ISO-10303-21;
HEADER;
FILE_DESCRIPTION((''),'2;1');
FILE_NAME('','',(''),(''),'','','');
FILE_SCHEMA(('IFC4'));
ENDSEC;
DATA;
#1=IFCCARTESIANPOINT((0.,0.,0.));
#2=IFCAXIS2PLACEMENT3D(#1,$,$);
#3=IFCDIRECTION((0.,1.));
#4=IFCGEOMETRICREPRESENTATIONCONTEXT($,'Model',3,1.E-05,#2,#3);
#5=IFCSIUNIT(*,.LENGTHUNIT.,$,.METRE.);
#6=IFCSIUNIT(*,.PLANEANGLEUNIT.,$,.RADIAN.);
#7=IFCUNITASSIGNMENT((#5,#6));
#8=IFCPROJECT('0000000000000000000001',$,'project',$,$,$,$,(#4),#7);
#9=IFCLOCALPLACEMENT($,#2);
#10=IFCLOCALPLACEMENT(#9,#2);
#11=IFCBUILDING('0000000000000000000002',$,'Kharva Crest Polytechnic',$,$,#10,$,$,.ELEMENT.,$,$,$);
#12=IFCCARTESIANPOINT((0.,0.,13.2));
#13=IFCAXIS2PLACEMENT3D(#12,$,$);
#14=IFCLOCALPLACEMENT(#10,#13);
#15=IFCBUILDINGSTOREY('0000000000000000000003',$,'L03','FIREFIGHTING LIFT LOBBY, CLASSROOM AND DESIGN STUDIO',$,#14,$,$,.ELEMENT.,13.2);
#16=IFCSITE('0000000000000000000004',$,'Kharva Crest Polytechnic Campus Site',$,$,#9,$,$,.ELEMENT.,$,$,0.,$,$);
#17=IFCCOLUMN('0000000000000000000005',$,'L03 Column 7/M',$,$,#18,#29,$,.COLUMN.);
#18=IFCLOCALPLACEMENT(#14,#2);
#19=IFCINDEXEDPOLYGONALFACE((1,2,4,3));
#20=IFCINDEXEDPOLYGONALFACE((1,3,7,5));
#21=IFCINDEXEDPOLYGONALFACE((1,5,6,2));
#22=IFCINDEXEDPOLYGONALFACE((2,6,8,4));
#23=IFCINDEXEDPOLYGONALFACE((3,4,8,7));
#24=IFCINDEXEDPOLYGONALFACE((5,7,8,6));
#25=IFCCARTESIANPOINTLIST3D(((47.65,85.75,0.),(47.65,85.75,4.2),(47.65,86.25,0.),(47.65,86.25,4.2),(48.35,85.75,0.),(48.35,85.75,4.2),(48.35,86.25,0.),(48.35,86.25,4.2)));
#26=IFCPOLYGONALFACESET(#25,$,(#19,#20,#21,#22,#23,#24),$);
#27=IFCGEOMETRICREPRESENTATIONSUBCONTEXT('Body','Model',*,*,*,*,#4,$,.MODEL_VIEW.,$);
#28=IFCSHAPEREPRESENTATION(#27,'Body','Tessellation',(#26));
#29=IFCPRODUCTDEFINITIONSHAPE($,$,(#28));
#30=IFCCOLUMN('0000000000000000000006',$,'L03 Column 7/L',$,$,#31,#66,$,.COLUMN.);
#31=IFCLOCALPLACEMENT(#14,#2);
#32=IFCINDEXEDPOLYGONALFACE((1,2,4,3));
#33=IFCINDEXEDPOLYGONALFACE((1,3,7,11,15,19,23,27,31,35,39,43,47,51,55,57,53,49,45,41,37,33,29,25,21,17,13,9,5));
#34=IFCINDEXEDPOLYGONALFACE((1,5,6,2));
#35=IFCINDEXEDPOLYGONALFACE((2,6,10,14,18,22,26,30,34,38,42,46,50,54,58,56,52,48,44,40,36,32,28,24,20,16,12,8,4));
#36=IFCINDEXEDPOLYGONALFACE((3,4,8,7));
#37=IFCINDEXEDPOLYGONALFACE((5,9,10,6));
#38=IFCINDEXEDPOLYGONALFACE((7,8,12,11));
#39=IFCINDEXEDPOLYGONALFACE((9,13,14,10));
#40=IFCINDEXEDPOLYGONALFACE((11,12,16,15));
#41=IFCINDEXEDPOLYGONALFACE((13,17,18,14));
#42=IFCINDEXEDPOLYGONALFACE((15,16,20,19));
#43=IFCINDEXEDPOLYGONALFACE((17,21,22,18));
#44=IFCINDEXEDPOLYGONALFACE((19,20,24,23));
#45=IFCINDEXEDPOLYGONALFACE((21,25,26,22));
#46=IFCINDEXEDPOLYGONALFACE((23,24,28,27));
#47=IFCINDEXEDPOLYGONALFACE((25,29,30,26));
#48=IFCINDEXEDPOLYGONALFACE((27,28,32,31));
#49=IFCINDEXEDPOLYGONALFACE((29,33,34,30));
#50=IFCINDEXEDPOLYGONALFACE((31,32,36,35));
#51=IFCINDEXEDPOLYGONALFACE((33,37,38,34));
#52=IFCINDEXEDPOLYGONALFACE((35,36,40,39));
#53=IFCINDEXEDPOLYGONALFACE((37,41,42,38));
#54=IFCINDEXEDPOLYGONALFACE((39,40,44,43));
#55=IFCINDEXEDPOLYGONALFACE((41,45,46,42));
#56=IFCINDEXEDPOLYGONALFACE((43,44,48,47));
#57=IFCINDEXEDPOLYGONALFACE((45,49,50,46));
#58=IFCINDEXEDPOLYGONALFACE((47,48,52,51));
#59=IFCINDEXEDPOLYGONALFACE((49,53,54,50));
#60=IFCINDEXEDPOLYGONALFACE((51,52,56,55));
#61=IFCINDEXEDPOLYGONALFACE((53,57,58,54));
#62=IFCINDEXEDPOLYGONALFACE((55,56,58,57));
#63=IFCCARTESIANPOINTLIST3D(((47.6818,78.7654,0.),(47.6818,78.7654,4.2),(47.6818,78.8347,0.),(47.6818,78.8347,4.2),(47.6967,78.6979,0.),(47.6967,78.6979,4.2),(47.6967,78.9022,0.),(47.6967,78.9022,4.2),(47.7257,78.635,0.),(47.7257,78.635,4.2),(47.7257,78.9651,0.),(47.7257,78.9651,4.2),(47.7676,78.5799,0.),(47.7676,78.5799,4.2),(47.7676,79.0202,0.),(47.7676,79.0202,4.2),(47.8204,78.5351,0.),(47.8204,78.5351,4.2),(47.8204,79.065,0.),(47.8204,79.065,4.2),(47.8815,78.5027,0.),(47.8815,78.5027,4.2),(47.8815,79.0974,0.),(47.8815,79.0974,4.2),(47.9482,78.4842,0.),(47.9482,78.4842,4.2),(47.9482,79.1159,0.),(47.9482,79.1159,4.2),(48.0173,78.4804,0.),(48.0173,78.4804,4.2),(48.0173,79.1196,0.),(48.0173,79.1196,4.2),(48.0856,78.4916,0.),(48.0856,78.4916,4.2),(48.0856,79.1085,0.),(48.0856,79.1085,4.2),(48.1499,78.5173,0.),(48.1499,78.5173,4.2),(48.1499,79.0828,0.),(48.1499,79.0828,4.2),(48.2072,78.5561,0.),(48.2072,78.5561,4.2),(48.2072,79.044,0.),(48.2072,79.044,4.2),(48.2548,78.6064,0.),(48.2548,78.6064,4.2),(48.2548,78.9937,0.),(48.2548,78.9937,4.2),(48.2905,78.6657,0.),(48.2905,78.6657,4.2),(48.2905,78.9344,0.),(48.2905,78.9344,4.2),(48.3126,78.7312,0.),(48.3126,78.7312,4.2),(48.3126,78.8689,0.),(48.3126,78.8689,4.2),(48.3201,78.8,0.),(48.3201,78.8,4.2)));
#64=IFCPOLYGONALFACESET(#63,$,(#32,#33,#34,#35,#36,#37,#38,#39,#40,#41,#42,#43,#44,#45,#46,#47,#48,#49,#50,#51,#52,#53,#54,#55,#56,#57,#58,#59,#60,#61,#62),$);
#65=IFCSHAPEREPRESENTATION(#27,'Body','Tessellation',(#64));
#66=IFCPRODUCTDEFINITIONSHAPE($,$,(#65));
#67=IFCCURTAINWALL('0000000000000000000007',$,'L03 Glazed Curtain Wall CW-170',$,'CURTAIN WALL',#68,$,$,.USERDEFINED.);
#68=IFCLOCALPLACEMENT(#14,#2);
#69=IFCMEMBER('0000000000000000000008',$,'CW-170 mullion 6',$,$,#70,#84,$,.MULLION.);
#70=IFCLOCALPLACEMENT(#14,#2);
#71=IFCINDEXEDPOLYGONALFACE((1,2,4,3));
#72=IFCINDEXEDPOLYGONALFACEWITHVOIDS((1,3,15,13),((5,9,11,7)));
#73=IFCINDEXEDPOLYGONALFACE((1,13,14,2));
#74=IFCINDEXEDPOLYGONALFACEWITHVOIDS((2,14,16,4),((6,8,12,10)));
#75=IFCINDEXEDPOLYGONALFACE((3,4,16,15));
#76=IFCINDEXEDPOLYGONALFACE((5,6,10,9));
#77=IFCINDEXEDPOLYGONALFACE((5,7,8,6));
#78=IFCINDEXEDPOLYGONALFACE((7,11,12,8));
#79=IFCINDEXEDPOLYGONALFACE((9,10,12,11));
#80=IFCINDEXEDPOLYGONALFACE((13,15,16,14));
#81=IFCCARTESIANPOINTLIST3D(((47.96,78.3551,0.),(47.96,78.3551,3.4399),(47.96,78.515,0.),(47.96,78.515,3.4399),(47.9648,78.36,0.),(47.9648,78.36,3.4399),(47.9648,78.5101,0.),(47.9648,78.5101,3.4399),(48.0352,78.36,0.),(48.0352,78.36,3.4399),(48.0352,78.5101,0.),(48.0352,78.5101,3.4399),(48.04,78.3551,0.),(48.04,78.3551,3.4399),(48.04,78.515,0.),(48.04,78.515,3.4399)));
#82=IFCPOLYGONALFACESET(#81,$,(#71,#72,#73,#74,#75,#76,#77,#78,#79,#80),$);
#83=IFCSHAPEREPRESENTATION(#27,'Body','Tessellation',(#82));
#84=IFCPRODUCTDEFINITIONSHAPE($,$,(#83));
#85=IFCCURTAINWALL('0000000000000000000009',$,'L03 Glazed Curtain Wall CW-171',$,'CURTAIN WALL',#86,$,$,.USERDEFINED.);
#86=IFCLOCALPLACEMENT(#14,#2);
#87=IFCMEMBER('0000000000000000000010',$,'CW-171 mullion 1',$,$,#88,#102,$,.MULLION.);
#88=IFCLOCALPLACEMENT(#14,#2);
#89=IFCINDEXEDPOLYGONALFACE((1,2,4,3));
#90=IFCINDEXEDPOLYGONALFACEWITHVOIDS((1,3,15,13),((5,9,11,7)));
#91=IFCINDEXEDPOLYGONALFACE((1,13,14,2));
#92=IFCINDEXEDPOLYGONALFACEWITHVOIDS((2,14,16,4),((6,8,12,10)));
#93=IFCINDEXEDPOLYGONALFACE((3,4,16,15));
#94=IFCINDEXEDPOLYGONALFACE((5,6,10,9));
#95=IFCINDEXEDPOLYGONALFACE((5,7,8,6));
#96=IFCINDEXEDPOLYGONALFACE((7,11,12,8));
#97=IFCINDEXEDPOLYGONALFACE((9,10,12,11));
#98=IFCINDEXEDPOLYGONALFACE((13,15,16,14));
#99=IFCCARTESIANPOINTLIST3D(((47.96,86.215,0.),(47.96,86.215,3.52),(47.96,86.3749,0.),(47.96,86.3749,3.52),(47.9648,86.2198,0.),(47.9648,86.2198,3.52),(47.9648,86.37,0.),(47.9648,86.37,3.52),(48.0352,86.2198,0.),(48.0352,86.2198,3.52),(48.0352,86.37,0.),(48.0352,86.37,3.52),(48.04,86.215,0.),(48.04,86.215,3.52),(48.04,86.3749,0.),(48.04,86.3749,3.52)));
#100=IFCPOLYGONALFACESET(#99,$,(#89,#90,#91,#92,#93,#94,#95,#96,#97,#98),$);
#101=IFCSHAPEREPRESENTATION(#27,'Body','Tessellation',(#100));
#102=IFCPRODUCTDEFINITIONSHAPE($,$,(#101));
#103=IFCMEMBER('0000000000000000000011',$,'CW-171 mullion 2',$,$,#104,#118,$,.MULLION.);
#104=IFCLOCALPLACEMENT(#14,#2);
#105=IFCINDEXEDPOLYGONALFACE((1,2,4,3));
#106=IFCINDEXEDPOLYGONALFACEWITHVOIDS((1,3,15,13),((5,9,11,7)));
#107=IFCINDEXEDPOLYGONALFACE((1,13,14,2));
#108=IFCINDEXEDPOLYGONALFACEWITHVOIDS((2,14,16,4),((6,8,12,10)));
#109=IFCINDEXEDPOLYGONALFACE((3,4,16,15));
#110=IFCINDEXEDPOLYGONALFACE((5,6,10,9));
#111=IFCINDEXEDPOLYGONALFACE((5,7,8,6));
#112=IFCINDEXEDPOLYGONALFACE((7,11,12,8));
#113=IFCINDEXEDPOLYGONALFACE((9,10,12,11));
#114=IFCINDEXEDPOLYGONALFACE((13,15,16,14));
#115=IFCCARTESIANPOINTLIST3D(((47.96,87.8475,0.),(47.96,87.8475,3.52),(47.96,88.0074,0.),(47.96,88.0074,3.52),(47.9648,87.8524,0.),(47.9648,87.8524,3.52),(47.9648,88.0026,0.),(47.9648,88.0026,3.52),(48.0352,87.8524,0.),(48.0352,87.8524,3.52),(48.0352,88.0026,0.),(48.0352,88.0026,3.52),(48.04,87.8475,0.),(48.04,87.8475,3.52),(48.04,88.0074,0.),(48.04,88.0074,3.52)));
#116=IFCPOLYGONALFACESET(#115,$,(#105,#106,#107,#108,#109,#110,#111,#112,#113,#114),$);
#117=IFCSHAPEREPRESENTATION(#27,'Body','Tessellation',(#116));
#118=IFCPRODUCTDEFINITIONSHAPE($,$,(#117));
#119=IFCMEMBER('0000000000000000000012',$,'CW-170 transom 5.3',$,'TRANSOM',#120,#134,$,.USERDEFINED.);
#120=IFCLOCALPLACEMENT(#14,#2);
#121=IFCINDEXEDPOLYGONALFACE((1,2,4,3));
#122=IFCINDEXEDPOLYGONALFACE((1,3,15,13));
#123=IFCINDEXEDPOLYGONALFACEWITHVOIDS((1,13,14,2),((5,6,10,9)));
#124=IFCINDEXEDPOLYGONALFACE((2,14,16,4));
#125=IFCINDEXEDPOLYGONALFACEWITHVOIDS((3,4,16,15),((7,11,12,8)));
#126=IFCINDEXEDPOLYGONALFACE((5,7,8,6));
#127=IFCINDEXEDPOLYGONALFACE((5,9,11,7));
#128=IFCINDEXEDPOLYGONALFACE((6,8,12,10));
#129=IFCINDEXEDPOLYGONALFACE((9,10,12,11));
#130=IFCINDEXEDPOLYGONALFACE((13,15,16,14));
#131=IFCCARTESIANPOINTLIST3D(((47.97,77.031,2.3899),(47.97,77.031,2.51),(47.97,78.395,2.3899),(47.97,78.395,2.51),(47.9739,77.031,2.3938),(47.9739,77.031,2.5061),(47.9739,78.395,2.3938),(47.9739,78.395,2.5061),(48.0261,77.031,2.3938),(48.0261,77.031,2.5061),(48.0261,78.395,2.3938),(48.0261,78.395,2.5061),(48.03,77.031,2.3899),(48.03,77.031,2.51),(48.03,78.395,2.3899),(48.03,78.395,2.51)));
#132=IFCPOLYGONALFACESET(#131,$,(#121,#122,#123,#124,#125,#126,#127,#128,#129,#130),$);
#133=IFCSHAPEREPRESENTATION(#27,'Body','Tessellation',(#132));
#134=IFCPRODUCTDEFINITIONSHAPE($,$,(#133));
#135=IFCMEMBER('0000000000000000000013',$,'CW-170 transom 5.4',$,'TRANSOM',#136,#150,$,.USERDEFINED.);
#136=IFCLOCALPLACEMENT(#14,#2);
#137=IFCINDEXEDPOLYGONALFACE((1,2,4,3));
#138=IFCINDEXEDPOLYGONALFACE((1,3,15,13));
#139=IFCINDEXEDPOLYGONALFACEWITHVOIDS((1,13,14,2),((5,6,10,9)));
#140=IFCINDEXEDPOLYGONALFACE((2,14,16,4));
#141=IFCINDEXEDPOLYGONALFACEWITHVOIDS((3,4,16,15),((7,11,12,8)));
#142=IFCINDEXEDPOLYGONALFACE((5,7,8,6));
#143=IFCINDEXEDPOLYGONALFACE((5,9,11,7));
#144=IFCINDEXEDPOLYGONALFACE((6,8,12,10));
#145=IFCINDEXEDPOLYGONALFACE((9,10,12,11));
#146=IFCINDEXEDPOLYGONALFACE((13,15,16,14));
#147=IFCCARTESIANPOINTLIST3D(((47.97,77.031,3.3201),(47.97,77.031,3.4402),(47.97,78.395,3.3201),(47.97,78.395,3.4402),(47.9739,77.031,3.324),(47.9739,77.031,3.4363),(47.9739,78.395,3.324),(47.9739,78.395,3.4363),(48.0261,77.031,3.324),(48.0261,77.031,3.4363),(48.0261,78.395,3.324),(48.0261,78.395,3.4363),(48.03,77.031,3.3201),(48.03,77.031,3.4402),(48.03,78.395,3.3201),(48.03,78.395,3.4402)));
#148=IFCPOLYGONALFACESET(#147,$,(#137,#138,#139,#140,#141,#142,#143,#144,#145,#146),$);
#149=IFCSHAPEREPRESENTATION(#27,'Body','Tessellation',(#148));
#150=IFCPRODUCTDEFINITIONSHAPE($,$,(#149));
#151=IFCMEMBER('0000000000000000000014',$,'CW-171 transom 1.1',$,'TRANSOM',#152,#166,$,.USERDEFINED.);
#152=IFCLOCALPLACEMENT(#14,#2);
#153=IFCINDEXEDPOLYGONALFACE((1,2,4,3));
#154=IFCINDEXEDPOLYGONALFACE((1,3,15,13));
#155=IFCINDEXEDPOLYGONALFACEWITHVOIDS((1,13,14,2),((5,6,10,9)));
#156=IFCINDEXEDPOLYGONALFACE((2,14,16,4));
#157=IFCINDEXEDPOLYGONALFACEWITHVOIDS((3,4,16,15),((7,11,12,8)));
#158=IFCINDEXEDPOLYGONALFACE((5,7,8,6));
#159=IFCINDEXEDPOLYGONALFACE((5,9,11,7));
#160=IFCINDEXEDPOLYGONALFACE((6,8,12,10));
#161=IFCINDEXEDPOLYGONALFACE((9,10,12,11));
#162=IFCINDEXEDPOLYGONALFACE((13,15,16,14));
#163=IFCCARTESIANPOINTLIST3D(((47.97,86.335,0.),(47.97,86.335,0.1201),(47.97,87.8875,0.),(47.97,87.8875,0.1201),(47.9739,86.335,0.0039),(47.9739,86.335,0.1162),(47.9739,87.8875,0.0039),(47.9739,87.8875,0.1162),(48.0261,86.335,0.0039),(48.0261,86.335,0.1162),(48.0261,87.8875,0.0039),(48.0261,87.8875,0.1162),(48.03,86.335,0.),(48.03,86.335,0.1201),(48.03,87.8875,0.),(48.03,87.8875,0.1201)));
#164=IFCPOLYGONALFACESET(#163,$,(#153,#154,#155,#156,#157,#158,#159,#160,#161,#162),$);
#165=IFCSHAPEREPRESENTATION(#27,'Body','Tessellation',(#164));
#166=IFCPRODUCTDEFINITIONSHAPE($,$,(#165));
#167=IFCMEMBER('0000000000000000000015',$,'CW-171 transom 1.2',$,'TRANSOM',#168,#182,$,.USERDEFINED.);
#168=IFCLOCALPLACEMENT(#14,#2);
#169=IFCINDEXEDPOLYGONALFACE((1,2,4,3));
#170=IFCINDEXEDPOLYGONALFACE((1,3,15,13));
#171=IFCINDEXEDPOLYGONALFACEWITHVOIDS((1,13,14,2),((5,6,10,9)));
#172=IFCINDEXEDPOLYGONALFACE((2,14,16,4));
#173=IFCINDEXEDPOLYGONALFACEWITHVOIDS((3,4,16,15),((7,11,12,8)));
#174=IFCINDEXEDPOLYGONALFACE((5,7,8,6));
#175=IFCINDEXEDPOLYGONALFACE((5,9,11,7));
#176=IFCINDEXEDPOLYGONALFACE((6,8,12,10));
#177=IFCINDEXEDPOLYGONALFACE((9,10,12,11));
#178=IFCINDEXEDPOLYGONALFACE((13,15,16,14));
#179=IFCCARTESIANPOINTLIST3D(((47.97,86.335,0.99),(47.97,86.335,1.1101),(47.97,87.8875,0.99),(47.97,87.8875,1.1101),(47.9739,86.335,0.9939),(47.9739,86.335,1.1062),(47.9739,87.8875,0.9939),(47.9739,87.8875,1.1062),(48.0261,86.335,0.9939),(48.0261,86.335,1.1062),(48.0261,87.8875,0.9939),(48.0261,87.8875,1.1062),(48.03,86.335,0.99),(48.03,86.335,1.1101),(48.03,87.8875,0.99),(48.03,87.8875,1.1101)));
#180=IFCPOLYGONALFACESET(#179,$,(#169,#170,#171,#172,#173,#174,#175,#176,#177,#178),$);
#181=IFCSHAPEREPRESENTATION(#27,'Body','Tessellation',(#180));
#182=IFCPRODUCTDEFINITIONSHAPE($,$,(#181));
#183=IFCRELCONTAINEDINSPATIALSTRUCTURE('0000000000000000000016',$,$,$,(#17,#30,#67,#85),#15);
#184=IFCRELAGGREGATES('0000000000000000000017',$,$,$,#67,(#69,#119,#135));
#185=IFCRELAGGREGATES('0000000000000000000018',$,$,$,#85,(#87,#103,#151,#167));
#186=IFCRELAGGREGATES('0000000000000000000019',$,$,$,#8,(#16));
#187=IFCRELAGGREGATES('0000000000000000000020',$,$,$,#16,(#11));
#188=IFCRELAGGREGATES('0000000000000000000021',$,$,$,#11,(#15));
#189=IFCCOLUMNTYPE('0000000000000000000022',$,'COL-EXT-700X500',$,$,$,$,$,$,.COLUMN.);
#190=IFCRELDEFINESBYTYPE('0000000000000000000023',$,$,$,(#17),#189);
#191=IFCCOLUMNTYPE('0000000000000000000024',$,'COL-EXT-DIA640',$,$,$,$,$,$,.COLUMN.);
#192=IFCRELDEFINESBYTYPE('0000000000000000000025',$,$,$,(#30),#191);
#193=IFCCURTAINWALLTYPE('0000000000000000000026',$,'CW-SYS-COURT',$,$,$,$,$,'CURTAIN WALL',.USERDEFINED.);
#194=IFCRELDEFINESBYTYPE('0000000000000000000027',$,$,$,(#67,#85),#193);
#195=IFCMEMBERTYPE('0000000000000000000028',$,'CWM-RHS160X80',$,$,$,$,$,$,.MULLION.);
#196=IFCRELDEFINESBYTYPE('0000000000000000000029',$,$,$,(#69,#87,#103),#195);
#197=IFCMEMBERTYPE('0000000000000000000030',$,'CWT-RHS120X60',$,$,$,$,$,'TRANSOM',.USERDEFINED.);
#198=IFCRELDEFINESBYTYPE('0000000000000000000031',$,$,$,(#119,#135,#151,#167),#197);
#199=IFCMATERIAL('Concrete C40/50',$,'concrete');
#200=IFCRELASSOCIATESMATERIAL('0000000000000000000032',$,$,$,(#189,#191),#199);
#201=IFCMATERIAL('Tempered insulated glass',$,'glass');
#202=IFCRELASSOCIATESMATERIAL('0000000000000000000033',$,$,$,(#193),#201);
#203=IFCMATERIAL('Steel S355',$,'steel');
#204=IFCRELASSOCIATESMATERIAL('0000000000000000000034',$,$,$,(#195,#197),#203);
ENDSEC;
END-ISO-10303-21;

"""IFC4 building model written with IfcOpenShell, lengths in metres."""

from ifc_helpers import new_model, si_unit, direction, frame, origin, origin_2d, place, context, subcontext, project, spatial, rectangle, hollow_rectangle, circle, extrude, material, material_profile, profile_set, type_object, element, aggregate, save


model = new_model("IFC4")

# Units and contexts
model_context = context("Model", 3, precision=1e-05, world=origin(), true_north=direction((0.0, 1.0)))
body_context = subcontext(model_context, "Body", "Model", "MODEL_VIEW")
ifc_project = project(units=[si_unit("LENGTHUNIT", "METRE"), si_unit("PLANEANGLEUNIT", "RADIAN")], contexts=[model_context])

# Site, building, storey
site_placement = place(None, origin())
site = spatial("IfcSite", under=ifc_project, at=site_placement, Name="Kharva Crest Polytechnic Campus Site", CompositionType="ELEMENT", RefElevation=0.0)
building_placement = place(site_placement, origin())
building = spatial("IfcBuilding", under=site, at=building_placement, Name="Kharva Crest Polytechnic", CompositionType="ELEMENT")
storey_placement = place(building_placement, frame((0.0, 0.0, 13.2)))
storey = spatial("IfcBuildingStorey", under=building, at=storey_placement, Name="L03", Description="FIREFIGHTING LIFT LOBBY, CLASSROOM AND DESIGN STUDIO", CompositionType="ELEMENT", Elevation=13.2)

# Columns
ifc_material_1 = material(Name="Concrete C40/50", Category="concrete")
ifc_material_profile_1 = material_profile(ifc_material_1, rectangle(XDim=0.7, YDim=0.5, at=origin_2d()), Name="RECT 700 X 500")
ifc_profile_set_1 = profile_set([ifc_material_profile_1], Name="Concrete C40/50")
column_type_1 = type_object("IfcColumnType", Name="COL-EXT-700X500", PredefinedType="COLUMN", material=ifc_profile_set_1)
column_1_placement = place(storey_placement, frame((48.0, 86.0, 0.0), z_axis=(0.0, 0.0, 1.0), x_axis=(1.0, 0.0, 0.0)))
element("IfcColumn", 1, at=column_1_placement, inside=storey, type_object=column_type_1, Name="L03 Column 7/M", PredefinedType="COLUMN", context=body_context, shape_type="SweptSolid", body=[
    extrude(rectangle(XDim=0.7, YDim=0.5, at=origin_2d()), origin(), (0.0, 0.0, 1.0), 4.2),
])
ifc_material_profile_2 = material_profile(ifc_material_1, circle(Radius=0.3201, at=origin_2d()), Name="DIA 640")
ifc_profile_set_2 = profile_set([ifc_material_profile_2], Name="Concrete C40/50")
column_type_2 = type_object("IfcColumnType", Name="COL-EXT-DIA640", PredefinedType="COLUMN", material=ifc_profile_set_2)
column_2_placement = place(storey_placement, frame((48.0, 78.8, 0.0), z_axis=(0.0, 0.0, 1.0), x_axis=(1.0, 0.0, 0.0)))
element("IfcColumn", 2, at=column_2_placement, inside=storey, type_object=column_type_2, Name="L03 Column 7/L", PredefinedType="COLUMN", context=body_context, shape_type="SweptSolid", body=[
    extrude(circle(Radius=0.3201, at=origin_2d()), origin(), (0.0, 0.0, 1.0), 4.2),
])

# Curtain wall, member
ifc_material_2 = material(Name="Tempered insulated glass", Category="glass")
curtain_wall_type = type_object("IfcCurtainWallType", Name="CW-SYS-COURT", ElementType="CURTAIN WALL", PredefinedType="USERDEFINED", material=ifc_material_2)
curtain_wall_1_placement = place(storey_placement, origin())
curtain_wall_1 = element("IfcCurtainWall", 3, at=curtain_wall_1_placement, inside=storey, type_object=curtain_wall_type, Name="L03 Glazed Curtain Wall CW-170", ObjectType="CURTAIN WALL", PredefinedType="USERDEFINED")
ifc_material_3 = material(Name="Steel S355", Category="steel")
ifc_material_profile_3 = material_profile(ifc_material_3, hollow_rectangle(XDim=0.0801, YDim=0.1599, WallThickness=0.0049, at=origin_2d()), Name="RHS 160X80X5.0")
ifc_profile_set_3 = profile_set([ifc_material_profile_3], Name="Steel S355")
member_type_1 = type_object("IfcMemberType", Name="CWM-RHS160X80", PredefinedType="MULLION", material=ifc_profile_set_3)
member_1_placement = place(storey_placement, frame((48.0, 78.4351, 0.0), z_axis=(0.0, 0.0, 1.0), x_axis=(-1.0, 0.0, 0.0)))
member_1 = element("IfcMember", 4, at=member_1_placement, type_object=member_type_1, Name="CW-170 mullion 6", PredefinedType="MULLION", context=body_context, shape_type="SweptSolid", body=[
    extrude(hollow_rectangle(XDim=0.0801, YDim=0.1599, WallThickness=0.0049, at=origin_2d()), origin(), (0.0, 0.0, 1.0), 3.4399),
])

# Curtain wall, members
curtain_wall_2_placement = place(storey_placement, origin())
curtain_wall_2 = element("IfcCurtainWall", 5, at=curtain_wall_2_placement, inside=storey, type_object=curtain_wall_type, Name="L03 Glazed Curtain Wall CW-171", ObjectType="CURTAIN WALL", PredefinedType="USERDEFINED")
member_2_placement = place(storey_placement, frame((48.0, 86.2949, 0.0), z_axis=(0.0, 0.0, 1.0), x_axis=(-1.0, 0.0, 0.0)))
member_2 = element("IfcMember", 6, at=member_2_placement, type_object=member_type_1, Name="CW-171 mullion 1", PredefinedType="MULLION", context=body_context, shape_type="SweptSolid", body=[
    extrude(hollow_rectangle(XDim=0.0801, YDim=0.1599, WallThickness=0.0049, at=origin_2d()), origin(), (0.0, 0.0, 1.0), 3.52),
])
member_3_placement = place(storey_placement, frame((48.0, 87.9275, 0.0), z_axis=(0.0, 0.0, 1.0), x_axis=(-1.0, 0.0, 0.0)))
member_3 = element("IfcMember", 7, at=member_3_placement, type_object=member_type_1, Name="CW-171 mullion 2", PredefinedType="MULLION", context=body_context, shape_type="SweptSolid", body=[
    extrude(hollow_rectangle(XDim=0.0801, YDim=0.1599, WallThickness=0.0049, at=origin_2d()), origin(), (0.0, 0.0, 1.0), 3.52),
])

# Members
ifc_material_profile_4 = material_profile(ifc_material_3, hollow_rectangle(XDim=0.0601, YDim=0.1201, WallThickness=0.0039, at=origin_2d()), Name="RHS 120X60X4.0")
ifc_profile_set_4 = profile_set([ifc_material_profile_4], Name="Steel S355")
member_type_2 = type_object("IfcMemberType", Name="CWT-RHS120X60", ElementType="TRANSOM", PredefinedType="USERDEFINED", material=ifc_profile_set_4)
member_4_placement = place(storey_placement, frame((48.0, 77.031, 2.45), z_axis=(0.0, 1.0, 0.0), x_axis=(-1.0, 0.0, 0.0)))
member_4 = element("IfcMember", 8, at=member_4_placement, type_object=member_type_2, Name="CW-170 transom 5.3", ObjectType="TRANSOM", PredefinedType="USERDEFINED", context=body_context, shape_type="SweptSolid", body=[
    extrude(hollow_rectangle(XDim=0.0601, YDim=0.1201, WallThickness=0.0039, at=origin_2d()), origin(), (0.0, 0.0, 1.0), 1.364),
])
member_5_placement = place(storey_placement, frame((48.0, 77.031, 3.3801), z_axis=(0.0, 1.0, 0.0), x_axis=(-1.0, 0.0, 0.0)))
member_5 = element("IfcMember", 9, at=member_5_placement, type_object=member_type_2, Name="CW-170 transom 5.4", ObjectType="TRANSOM", PredefinedType="USERDEFINED", context=body_context, shape_type="SweptSolid", body=[
    extrude(hollow_rectangle(XDim=0.0601, YDim=0.1201, WallThickness=0.0039, at=origin_2d()), origin(), (0.0, 0.0, 1.0), 1.364),
])
member_6_placement = place(storey_placement, frame((48.0, 86.335, 0.0601), z_axis=(0.0, 1.0, 0.0), x_axis=(-1.0, 0.0, 0.0)))
member_6 = element("IfcMember", 10, at=member_6_placement, type_object=member_type_2, Name="CW-171 transom 1.1", ObjectType="TRANSOM", PredefinedType="USERDEFINED", context=body_context, shape_type="SweptSolid", body=[
    extrude(hollow_rectangle(XDim=0.0601, YDim=0.1201, WallThickness=0.0039, at=origin_2d()), origin(), (0.0, 0.0, 1.0), 1.5525),
])
member_7_placement = place(storey_placement, frame((48.0, 86.335, 1.05), z_axis=(0.0, 1.0, 0.0), x_axis=(-1.0, 0.0, 0.0)))
member_7 = element("IfcMember", 11, at=member_7_placement, type_object=member_type_2, Name="CW-171 transom 1.2", ObjectType="TRANSOM", PredefinedType="USERDEFINED", context=body_context, shape_type="SweptSolid", body=[
    extrude(hollow_rectangle(XDim=0.0601, YDim=0.1201, WallThickness=0.0039, at=origin_2d()), origin(), (0.0, 0.0, 1.0), 1.5525),
])

aggregate(curtain_wall_1, [member_1, member_4, member_5])
aggregate(curtain_wall_2, [member_2, member_3, member_6, member_7])

save(model, "model.ifc")
